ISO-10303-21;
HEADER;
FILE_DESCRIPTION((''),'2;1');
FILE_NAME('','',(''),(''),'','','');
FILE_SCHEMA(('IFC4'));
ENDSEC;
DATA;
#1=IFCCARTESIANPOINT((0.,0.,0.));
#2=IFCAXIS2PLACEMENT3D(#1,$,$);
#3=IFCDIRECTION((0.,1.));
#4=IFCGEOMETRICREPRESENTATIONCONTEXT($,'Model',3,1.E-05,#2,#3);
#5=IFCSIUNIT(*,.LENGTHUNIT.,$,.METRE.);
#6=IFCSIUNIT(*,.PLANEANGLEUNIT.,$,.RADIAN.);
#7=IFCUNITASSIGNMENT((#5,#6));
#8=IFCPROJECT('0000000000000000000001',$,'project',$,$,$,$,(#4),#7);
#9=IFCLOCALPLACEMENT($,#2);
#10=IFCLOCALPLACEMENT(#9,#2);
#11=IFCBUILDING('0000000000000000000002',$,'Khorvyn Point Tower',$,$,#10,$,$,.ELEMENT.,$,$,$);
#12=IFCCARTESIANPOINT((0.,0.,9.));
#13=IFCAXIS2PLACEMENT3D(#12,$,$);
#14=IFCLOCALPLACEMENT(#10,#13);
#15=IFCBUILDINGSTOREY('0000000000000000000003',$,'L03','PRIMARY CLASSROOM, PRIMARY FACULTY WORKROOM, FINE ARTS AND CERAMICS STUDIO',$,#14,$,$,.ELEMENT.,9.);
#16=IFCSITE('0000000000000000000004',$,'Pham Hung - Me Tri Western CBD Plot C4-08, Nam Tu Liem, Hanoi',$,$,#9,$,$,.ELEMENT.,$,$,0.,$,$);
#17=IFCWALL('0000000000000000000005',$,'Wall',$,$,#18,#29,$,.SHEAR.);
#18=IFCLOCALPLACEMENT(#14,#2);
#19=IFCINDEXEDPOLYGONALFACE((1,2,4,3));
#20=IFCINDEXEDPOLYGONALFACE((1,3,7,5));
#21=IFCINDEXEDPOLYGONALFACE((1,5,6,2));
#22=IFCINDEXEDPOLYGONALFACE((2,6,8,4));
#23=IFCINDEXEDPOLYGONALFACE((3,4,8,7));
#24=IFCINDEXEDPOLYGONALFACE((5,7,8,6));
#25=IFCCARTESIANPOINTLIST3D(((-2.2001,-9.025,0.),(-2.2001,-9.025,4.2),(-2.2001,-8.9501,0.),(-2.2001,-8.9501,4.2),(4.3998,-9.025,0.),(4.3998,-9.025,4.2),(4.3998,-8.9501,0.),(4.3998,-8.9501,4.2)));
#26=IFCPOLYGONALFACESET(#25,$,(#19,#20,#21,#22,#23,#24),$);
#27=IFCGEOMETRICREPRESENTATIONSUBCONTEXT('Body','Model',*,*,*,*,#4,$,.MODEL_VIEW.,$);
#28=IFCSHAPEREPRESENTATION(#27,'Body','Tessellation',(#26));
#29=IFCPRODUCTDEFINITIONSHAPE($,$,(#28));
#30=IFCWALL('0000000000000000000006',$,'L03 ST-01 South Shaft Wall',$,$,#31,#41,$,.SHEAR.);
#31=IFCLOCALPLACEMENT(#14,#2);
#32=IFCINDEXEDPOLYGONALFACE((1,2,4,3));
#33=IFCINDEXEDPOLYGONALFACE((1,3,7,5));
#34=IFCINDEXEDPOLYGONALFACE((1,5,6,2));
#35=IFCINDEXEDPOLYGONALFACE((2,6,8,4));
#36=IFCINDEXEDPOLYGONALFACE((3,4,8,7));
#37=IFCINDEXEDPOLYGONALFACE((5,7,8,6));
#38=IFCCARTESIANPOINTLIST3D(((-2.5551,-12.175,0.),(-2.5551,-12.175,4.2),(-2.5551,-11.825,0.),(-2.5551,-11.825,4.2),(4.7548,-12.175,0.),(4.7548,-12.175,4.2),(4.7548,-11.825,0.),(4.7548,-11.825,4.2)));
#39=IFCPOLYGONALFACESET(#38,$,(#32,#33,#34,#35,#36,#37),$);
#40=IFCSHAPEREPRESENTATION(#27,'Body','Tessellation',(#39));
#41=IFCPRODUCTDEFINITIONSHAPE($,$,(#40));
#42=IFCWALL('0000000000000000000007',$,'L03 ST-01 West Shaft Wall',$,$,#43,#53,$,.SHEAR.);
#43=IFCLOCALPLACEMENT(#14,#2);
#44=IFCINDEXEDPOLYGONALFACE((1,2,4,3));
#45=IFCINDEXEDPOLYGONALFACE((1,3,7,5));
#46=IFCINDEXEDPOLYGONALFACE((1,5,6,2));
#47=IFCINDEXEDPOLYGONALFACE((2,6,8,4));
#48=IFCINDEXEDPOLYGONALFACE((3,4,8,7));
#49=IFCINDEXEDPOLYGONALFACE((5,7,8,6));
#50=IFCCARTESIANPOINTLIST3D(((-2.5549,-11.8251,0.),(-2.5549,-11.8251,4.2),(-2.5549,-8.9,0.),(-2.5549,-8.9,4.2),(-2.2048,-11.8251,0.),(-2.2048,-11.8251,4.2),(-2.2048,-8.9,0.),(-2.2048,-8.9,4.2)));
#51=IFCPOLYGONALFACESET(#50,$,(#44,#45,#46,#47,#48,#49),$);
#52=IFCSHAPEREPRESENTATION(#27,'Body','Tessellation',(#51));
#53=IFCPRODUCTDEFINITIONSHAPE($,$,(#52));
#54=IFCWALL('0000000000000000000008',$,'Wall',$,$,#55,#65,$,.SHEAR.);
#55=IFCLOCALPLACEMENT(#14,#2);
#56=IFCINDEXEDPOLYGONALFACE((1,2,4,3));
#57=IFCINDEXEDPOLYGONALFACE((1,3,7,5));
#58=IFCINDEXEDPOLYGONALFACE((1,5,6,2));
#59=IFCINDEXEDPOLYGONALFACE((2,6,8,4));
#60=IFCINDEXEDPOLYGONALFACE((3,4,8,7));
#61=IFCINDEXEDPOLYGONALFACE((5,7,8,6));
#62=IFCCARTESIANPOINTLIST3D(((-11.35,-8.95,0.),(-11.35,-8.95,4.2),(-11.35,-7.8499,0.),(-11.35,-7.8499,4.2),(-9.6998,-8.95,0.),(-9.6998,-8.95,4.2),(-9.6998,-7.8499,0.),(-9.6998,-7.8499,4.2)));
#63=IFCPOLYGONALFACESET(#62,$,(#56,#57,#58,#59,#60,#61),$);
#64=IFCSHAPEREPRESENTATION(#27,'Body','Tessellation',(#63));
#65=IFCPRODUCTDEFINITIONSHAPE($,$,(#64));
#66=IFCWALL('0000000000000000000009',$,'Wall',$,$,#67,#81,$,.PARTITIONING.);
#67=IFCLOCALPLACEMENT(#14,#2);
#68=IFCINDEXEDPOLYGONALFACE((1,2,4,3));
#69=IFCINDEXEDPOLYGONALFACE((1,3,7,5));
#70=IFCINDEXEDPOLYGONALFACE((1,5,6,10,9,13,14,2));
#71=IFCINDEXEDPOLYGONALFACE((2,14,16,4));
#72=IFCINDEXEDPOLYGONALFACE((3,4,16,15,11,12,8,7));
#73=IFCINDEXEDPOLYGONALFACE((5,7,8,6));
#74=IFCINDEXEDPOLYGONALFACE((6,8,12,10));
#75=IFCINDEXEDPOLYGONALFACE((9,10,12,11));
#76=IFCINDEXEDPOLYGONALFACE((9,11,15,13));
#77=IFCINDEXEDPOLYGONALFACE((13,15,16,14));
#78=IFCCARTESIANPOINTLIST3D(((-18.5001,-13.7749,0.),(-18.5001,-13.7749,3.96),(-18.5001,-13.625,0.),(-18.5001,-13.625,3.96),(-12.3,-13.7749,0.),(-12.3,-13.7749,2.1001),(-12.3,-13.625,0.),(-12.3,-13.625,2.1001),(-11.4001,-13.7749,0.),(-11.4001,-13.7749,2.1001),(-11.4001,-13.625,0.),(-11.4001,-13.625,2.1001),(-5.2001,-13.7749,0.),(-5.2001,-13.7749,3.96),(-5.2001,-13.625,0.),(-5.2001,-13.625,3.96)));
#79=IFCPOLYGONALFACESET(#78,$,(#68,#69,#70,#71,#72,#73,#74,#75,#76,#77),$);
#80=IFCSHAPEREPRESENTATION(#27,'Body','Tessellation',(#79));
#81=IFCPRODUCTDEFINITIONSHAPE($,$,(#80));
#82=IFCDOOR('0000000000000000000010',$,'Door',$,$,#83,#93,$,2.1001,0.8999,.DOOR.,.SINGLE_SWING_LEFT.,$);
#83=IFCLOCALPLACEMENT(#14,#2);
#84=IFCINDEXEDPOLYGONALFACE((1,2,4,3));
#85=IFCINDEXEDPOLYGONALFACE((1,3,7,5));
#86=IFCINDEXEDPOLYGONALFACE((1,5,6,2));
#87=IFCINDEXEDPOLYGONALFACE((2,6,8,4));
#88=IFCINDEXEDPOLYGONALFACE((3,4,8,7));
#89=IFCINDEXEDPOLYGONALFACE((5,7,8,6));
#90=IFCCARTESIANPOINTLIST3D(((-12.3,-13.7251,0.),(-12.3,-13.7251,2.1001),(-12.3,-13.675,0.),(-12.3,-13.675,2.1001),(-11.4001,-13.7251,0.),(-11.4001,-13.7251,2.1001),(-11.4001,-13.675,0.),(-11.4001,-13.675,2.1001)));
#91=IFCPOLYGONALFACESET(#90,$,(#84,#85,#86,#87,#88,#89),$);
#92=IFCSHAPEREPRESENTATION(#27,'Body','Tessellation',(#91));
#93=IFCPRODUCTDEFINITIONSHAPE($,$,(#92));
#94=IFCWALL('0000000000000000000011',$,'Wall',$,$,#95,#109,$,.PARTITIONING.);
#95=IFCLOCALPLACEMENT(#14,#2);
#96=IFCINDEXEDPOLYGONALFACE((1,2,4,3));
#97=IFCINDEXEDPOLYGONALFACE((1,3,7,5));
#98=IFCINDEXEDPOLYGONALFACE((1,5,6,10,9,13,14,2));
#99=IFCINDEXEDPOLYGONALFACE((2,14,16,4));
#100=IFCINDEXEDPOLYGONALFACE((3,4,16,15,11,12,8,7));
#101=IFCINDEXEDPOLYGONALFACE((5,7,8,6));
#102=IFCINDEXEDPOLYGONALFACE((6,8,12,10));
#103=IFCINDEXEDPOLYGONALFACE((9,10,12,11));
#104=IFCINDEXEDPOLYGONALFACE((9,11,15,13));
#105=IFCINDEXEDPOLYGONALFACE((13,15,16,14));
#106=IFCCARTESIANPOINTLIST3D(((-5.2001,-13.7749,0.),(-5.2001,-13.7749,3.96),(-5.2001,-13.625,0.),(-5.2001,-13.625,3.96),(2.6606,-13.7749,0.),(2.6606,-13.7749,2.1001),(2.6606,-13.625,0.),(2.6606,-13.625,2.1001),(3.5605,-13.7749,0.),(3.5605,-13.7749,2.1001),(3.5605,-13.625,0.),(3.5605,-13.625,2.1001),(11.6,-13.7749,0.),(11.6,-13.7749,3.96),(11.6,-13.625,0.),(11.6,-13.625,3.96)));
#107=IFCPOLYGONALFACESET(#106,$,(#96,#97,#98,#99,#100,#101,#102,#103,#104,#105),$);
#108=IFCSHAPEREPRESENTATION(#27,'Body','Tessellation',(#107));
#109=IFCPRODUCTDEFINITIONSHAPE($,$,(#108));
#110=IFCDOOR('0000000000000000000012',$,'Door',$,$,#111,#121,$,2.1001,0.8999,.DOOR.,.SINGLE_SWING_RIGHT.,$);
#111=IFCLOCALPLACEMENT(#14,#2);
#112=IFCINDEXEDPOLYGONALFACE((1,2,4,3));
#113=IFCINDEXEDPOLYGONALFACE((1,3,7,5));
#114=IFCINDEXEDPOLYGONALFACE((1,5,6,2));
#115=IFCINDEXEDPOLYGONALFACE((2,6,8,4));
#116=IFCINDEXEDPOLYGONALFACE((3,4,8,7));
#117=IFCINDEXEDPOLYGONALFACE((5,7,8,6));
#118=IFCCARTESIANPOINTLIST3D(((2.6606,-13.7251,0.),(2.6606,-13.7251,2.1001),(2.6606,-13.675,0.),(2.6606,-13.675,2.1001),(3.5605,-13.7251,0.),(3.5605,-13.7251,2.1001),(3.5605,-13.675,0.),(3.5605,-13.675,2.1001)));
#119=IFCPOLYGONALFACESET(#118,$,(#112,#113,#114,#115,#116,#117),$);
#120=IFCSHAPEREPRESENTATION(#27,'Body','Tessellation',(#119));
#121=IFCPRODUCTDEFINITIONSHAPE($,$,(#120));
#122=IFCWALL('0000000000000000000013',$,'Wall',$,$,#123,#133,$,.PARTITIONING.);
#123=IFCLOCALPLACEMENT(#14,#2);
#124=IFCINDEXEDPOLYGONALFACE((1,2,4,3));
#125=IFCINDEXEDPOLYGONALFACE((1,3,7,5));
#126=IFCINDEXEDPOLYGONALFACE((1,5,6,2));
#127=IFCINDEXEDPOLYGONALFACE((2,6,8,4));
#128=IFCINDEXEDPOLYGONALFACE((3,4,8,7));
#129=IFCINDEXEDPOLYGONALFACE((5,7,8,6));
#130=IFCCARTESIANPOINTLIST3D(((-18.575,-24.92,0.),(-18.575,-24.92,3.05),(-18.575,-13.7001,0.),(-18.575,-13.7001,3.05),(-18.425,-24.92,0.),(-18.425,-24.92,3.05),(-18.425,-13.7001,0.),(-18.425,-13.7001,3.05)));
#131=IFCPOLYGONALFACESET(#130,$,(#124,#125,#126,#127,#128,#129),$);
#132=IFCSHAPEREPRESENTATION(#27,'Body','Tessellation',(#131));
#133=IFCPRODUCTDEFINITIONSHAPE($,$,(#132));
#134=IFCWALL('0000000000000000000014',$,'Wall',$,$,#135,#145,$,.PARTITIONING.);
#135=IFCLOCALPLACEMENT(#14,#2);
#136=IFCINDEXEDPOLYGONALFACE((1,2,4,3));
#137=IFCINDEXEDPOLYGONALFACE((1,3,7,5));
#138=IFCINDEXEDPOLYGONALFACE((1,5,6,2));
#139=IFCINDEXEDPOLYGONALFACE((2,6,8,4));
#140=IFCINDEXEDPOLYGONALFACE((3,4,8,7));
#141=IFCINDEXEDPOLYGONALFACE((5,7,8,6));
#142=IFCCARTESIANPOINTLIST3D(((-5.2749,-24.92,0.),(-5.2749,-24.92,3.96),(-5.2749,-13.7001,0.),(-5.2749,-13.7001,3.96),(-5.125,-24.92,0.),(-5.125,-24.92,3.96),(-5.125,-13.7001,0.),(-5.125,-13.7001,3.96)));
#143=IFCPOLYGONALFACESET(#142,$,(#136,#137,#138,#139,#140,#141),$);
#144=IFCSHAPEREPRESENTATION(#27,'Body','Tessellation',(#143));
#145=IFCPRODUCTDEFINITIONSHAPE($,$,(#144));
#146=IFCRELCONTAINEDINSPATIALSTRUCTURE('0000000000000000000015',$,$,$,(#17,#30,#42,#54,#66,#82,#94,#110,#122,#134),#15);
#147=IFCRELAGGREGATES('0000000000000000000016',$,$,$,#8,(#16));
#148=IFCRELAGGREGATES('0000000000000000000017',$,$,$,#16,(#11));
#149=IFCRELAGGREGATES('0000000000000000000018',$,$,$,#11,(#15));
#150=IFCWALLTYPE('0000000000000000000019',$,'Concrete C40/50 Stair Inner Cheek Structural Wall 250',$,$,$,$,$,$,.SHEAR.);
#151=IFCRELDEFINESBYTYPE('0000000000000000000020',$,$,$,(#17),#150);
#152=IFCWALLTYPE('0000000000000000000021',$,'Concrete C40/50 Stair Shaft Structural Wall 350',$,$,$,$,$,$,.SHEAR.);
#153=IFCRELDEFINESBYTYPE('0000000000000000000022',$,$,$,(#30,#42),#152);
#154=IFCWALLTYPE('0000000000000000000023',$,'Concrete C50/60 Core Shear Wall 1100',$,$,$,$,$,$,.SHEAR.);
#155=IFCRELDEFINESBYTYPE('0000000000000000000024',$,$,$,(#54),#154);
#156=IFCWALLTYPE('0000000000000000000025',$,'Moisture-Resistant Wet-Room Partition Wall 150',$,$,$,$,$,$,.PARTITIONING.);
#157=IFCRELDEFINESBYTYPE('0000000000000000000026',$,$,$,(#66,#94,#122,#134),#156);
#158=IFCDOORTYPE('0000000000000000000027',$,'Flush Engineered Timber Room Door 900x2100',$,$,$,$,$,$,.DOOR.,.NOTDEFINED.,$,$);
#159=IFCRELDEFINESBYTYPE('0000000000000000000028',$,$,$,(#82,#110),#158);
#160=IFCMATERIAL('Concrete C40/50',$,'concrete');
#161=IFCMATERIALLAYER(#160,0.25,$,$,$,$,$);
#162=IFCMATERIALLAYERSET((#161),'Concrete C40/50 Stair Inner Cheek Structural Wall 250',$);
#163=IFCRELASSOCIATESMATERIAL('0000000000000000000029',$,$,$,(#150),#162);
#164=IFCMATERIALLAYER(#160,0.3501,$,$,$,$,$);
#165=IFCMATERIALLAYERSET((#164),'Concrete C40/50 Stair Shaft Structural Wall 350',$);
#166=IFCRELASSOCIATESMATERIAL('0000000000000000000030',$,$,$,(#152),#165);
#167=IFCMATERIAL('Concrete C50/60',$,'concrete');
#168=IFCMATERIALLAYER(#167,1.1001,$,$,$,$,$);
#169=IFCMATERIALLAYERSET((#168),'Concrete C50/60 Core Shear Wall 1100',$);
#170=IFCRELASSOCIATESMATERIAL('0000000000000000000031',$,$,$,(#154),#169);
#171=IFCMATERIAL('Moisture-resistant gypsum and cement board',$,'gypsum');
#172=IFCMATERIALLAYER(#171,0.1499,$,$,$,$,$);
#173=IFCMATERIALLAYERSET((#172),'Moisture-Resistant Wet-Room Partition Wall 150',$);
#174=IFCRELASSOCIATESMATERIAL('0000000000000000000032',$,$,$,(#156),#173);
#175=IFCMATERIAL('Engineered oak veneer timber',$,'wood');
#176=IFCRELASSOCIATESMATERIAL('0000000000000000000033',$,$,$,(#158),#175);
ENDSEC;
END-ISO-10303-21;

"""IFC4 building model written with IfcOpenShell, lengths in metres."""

from ifc_helpers import new_model, si_unit, direction, frame, frame_2d, origin, place, context, subcontext, project, spatial, rectangle, extrude, material, layer, layer_set, type_object, element, fill, save


model = new_model("IFC4")

# Units and contexts
model_context = context("Model", 3, precision=1e-05, world=origin(), true_north=direction((0.0, 1.0)))
body_context = subcontext(model_context, "Body", "Model", "MODEL_VIEW")
ifc_project = project(units=[si_unit("LENGTHUNIT", "METRE"), si_unit("PLANEANGLEUNIT", "RADIAN")], contexts=[model_context])

# Site, building, storey
site_placement = place(None, origin())
site = spatial("IfcSite", under=ifc_project, at=site_placement, Name="Pham Hung - Me Tri Western CBD Plot C4-08, Nam Tu Liem, Hanoi", CompositionType="ELEMENT", RefElevation=0.0)
building_placement = place(site_placement, origin())
building = spatial("IfcBuilding", under=site, at=building_placement, Name="Khorvyn Point Tower", CompositionType="ELEMENT")
storey_placement = place(building_placement, frame((0.0, 0.0, 9.0)))
storey = spatial("IfcBuildingStorey", under=building, at=storey_placement, Name="L03", Description="PRIMARY CLASSROOM, PRIMARY FACULTY WORKROOM, FINE ARTS AND CERAMICS STUDIO", CompositionType="ELEMENT", Elevation=9.0)

# Shared definitions
ifc_material_1 = material(Name="Concrete C40/50", Category="concrete")
ifc_material_2 = material(Name="Concrete C50/60", Category="concrete")

# Walls
ifc_layer_1 = layer(ifc_material_1, 0.25)
ifc_layer_set_1 = layer_set([ifc_layer_1], Name="Concrete C40/50 Stair Inner Cheek Structural Wall 250")
wall_type_1 = type_object("IfcWallType", Name="Concrete C40/50 Stair Inner Cheek Structural Wall 250", PredefinedType="SHEAR", material=ifc_layer_set_1)
wall_1_placement = place(storey_placement, frame((-2.2, -8.9875, 0.0), z_axis=(0.0, 0.0, 1.0), x_axis=(1.0, 0.0, 0.0)))
element("IfcWall", 1, at=wall_1_placement, inside=storey, type_object=wall_type_1, Name="Wall", PredefinedType="SHEAR", context=body_context, shape_type="SweptSolid", body=[
    extrude(rectangle(XDim=6.5999, YDim=0.075, at=frame_2d((3.2998, 0.0))), origin(), (0.0, 0.0, 1.0), 4.2),
])
ifc_layer_2 = layer(ifc_material_1, 0.3501)
ifc_layer_set_2 = layer_set([ifc_layer_2], Name="Concrete C40/50 Stair Shaft Structural Wall 350")
wall_type_2 = type_object("IfcWallType", Name="Concrete C40/50 Stair Shaft Structural Wall 350", PredefinedType="SHEAR", material=ifc_layer_set_2)
wall_2_placement = place(storey_placement, frame((-2.5549, -12.0, 0.0), z_axis=(0.0, 0.0, 1.0), x_axis=(1.0, 0.0, 0.0)))
element("IfcWall", 2, at=wall_2_placement, inside=storey, type_object=wall_type_2, Name="L03 ST-01 South Shaft Wall", PredefinedType="SHEAR", context=body_context, shape_type="SweptSolid", body=[
    extrude(rectangle(XDim=7.3098, YDim=0.3501, at=frame_2d((3.6548, 0.0))), origin(), (0.0, 0.0, 1.0), 4.2),
])
wall_3_placement = place(storey_placement, frame((-2.3799, -11.825, 0.0), z_axis=(0.0, 0.0, 1.0), x_axis=(0.0, 1.0, 0.0)))
element("IfcWall", 3, at=wall_3_placement, inside=storey, type_object=wall_type_2, Name="L03 ST-01 West Shaft Wall", PredefinedType="SHEAR", context=body_context, shape_type="SweptSolid", body=[
    extrude(rectangle(XDim=2.925, YDim=0.3501, at=frame_2d((1.4624, 0.0))), origin(), (0.0, 0.0, 1.0), 4.2),
])
ifc_layer_3 = layer(ifc_material_2, 1.1001)
ifc_layer_set_3 = layer_set([ifc_layer_3], Name="Concrete C50/60 Core Shear Wall 1100")
wall_type_3 = type_object("IfcWallType", Name="Concrete C50/60 Core Shear Wall 1100", PredefinedType="SHEAR", material=ifc_layer_set_3)
wall_4_placement = place(storey_placement, frame((-11.3501, -8.3999, 0.0), z_axis=(0.0, 0.0, 1.0), x_axis=(1.0, 0.0, 0.0)))
element("IfcWall", 4, at=wall_4_placement, inside=storey, type_object=wall_type_3, Name="Wall", PredefinedType="SHEAR", context=body_context, shape_type="SweptSolid", body=[
    extrude(rectangle(XDim=1.6501, YDim=1.1001, at=frame_2d((0.8252, 0.0))), origin(), (0.0, 0.0, 1.0), 4.2),
])

# Walls, openings, doors
ifc_material_3 = material(Name="Moisture-resistant gypsum and cement board", Category="gypsum")
ifc_layer_4 = layer(ifc_material_3, 0.1499)
ifc_layer_set_4 = layer_set([ifc_layer_4], Name="Moisture-Resistant Wet-Room Partition Wall 150")
wall_type_4 = type_object("IfcWallType", Name="Moisture-Resistant Wet-Room Partition Wall 150", PredefinedType="PARTITIONING", material=ifc_layer_set_4)
wall_5_placement = place(storey_placement, frame((-18.5, -13.7, 0.0), z_axis=(0.0, 0.0, 1.0), x_axis=(1.0, 0.0, 0.0)))
wall_5 = element("IfcWall", 5, at=wall_5_placement, inside=storey, type_object=wall_type_4, Name="Wall", PredefinedType="PARTITIONING", context=body_context, shape_type="SweptSolid", body=[
    extrude(rectangle(XDim=13.3, YDim=0.1499, at=frame_2d((6.6499, 0.0))), origin(), (0.0, 0.0, 1.0), 3.96),
])
opening_1_placement = place(wall_5_placement, frame((6.2, 0.0, 0.0)))
opening_1 = element("IfcOpeningElement", 6, at=opening_1_placement, cuts=wall_5, PredefinedType="OPENING", context=body_context, shape_type="SweptSolid", body=[
    extrude(rectangle(XDim=0.8999, YDim=2.1001, at=frame_2d((0.45, 1.05))), frame((0.0, 0.085, 0.0), z_axis=(0.0, -1.0, 0.0), x_axis=(1.0, 0.0, 0.0)), (0.0, 0.0, 1.0), 0.1699),
])
ifc_material_4 = material(Name="Engineered oak veneer timber", Category="wood")
door_type_1 = type_object("IfcDoorType", Name="Flush Engineered Timber Room Door 900x2100", OperationType="NOTDEFINED", PredefinedType="DOOR", material=ifc_material_4)
door_1_placement = place(opening_1_placement, origin())
door_1 = element("IfcDoor", 7, at=door_1_placement, inside=storey, type_object=door_type_1, Name="Door", OperationType="SINGLE_SWING_LEFT", OverallHeight=2.1001, OverallWidth=0.8999, PredefinedType="DOOR", context=body_context, shape_type="SweptSolid", body=[
    extrude(rectangle(XDim=0.8999, YDim=2.1001, at=frame_2d((0.45, 1.05))), frame((0.0, 0.0249, 0.0), z_axis=(0.0, -1.0, 0.0), x_axis=(1.0, 0.0, 0.0)), (0.0, 0.0, 1.0), 0.05),
])
fill(opening_1, door_1)
wall_6_placement = place(storey_placement, frame((-5.2, -13.7, 0.0), z_axis=(0.0, 0.0, 1.0), x_axis=(1.0, 0.0, 0.0)))
wall_6 = element("IfcWall", 8, at=wall_6_placement, inside=storey, type_object=wall_type_4, Name="Wall", PredefinedType="PARTITIONING", context=body_context, shape_type="SweptSolid", body=[
    extrude(rectangle(XDim=16.8, YDim=0.1499, at=frame_2d((8.3999, 0.0))), origin(), (0.0, 0.0, 1.0), 3.96),
])
opening_2_placement = place(wall_6_placement, frame((7.8606, 0.0, 0.0)))
opening_2 = element("IfcOpeningElement", 9, at=opening_2_placement, cuts=wall_6, PredefinedType="OPENING", context=body_context, shape_type="SweptSolid", body=[
    extrude(rectangle(XDim=0.8999, YDim=2.1001, at=frame_2d((0.45, 1.05))), frame((0.0, 0.085, 0.0), z_axis=(0.0, -1.0, 0.0), x_axis=(1.0, 0.0, 0.0)), (0.0, 0.0, 1.0), 0.1699),
])
door_2_placement = place(opening_2_placement, origin())
door_2 = element("IfcDoor", 10, at=door_2_placement, inside=storey, type_object=door_type_1, Name="Door", OperationType="SINGLE_SWING_RIGHT", OverallHeight=2.1001, OverallWidth=0.8999, PredefinedType="DOOR", context=body_context, shape_type="SweptSolid", body=[
    extrude(rectangle(XDim=0.8999, YDim=2.1001, at=frame_2d((0.45, 1.05))), frame((0.0, 0.0249, 0.0), z_axis=(0.0, -1.0, 0.0), x_axis=(1.0, 0.0, 0.0)), (0.0, 0.0, 1.0), 0.05),
])
fill(opening_2, door_2)

# Walls
wall_7_placement = place(storey_placement, frame((-18.5, -24.9199, 0.0), z_axis=(0.0, 0.0, 1.0), x_axis=(0.0, 1.0, 0.0)))
element("IfcWall", 11, at=wall_7_placement, inside=storey, type_object=wall_type_4, Name="Wall", PredefinedType="PARTITIONING", context=body_context, shape_type="SweptSolid", body=[
    extrude(rectangle(XDim=11.22, YDim=0.1499, at=frame_2d((5.6099, 0.0))), origin(), (0.0, 0.0, 1.0), 3.05),
])
wall_8_placement = place(storey_placement, frame((-5.2, -24.9199, 0.0), z_axis=(0.0, 0.0, 1.0), x_axis=(0.0, 1.0, 0.0)))
element("IfcWall", 12, at=wall_8_placement, inside=storey, type_object=wall_type_4, Name="Wall", PredefinedType="PARTITIONING", context=body_context, shape_type="SweptSolid", body=[
    extrude(rectangle(XDim=11.22, YDim=0.1499, at=frame_2d((5.6099, 0.0))), origin(), (0.0, 0.0, 1.0), 3.96),
])

save(model, "model.ifc")
